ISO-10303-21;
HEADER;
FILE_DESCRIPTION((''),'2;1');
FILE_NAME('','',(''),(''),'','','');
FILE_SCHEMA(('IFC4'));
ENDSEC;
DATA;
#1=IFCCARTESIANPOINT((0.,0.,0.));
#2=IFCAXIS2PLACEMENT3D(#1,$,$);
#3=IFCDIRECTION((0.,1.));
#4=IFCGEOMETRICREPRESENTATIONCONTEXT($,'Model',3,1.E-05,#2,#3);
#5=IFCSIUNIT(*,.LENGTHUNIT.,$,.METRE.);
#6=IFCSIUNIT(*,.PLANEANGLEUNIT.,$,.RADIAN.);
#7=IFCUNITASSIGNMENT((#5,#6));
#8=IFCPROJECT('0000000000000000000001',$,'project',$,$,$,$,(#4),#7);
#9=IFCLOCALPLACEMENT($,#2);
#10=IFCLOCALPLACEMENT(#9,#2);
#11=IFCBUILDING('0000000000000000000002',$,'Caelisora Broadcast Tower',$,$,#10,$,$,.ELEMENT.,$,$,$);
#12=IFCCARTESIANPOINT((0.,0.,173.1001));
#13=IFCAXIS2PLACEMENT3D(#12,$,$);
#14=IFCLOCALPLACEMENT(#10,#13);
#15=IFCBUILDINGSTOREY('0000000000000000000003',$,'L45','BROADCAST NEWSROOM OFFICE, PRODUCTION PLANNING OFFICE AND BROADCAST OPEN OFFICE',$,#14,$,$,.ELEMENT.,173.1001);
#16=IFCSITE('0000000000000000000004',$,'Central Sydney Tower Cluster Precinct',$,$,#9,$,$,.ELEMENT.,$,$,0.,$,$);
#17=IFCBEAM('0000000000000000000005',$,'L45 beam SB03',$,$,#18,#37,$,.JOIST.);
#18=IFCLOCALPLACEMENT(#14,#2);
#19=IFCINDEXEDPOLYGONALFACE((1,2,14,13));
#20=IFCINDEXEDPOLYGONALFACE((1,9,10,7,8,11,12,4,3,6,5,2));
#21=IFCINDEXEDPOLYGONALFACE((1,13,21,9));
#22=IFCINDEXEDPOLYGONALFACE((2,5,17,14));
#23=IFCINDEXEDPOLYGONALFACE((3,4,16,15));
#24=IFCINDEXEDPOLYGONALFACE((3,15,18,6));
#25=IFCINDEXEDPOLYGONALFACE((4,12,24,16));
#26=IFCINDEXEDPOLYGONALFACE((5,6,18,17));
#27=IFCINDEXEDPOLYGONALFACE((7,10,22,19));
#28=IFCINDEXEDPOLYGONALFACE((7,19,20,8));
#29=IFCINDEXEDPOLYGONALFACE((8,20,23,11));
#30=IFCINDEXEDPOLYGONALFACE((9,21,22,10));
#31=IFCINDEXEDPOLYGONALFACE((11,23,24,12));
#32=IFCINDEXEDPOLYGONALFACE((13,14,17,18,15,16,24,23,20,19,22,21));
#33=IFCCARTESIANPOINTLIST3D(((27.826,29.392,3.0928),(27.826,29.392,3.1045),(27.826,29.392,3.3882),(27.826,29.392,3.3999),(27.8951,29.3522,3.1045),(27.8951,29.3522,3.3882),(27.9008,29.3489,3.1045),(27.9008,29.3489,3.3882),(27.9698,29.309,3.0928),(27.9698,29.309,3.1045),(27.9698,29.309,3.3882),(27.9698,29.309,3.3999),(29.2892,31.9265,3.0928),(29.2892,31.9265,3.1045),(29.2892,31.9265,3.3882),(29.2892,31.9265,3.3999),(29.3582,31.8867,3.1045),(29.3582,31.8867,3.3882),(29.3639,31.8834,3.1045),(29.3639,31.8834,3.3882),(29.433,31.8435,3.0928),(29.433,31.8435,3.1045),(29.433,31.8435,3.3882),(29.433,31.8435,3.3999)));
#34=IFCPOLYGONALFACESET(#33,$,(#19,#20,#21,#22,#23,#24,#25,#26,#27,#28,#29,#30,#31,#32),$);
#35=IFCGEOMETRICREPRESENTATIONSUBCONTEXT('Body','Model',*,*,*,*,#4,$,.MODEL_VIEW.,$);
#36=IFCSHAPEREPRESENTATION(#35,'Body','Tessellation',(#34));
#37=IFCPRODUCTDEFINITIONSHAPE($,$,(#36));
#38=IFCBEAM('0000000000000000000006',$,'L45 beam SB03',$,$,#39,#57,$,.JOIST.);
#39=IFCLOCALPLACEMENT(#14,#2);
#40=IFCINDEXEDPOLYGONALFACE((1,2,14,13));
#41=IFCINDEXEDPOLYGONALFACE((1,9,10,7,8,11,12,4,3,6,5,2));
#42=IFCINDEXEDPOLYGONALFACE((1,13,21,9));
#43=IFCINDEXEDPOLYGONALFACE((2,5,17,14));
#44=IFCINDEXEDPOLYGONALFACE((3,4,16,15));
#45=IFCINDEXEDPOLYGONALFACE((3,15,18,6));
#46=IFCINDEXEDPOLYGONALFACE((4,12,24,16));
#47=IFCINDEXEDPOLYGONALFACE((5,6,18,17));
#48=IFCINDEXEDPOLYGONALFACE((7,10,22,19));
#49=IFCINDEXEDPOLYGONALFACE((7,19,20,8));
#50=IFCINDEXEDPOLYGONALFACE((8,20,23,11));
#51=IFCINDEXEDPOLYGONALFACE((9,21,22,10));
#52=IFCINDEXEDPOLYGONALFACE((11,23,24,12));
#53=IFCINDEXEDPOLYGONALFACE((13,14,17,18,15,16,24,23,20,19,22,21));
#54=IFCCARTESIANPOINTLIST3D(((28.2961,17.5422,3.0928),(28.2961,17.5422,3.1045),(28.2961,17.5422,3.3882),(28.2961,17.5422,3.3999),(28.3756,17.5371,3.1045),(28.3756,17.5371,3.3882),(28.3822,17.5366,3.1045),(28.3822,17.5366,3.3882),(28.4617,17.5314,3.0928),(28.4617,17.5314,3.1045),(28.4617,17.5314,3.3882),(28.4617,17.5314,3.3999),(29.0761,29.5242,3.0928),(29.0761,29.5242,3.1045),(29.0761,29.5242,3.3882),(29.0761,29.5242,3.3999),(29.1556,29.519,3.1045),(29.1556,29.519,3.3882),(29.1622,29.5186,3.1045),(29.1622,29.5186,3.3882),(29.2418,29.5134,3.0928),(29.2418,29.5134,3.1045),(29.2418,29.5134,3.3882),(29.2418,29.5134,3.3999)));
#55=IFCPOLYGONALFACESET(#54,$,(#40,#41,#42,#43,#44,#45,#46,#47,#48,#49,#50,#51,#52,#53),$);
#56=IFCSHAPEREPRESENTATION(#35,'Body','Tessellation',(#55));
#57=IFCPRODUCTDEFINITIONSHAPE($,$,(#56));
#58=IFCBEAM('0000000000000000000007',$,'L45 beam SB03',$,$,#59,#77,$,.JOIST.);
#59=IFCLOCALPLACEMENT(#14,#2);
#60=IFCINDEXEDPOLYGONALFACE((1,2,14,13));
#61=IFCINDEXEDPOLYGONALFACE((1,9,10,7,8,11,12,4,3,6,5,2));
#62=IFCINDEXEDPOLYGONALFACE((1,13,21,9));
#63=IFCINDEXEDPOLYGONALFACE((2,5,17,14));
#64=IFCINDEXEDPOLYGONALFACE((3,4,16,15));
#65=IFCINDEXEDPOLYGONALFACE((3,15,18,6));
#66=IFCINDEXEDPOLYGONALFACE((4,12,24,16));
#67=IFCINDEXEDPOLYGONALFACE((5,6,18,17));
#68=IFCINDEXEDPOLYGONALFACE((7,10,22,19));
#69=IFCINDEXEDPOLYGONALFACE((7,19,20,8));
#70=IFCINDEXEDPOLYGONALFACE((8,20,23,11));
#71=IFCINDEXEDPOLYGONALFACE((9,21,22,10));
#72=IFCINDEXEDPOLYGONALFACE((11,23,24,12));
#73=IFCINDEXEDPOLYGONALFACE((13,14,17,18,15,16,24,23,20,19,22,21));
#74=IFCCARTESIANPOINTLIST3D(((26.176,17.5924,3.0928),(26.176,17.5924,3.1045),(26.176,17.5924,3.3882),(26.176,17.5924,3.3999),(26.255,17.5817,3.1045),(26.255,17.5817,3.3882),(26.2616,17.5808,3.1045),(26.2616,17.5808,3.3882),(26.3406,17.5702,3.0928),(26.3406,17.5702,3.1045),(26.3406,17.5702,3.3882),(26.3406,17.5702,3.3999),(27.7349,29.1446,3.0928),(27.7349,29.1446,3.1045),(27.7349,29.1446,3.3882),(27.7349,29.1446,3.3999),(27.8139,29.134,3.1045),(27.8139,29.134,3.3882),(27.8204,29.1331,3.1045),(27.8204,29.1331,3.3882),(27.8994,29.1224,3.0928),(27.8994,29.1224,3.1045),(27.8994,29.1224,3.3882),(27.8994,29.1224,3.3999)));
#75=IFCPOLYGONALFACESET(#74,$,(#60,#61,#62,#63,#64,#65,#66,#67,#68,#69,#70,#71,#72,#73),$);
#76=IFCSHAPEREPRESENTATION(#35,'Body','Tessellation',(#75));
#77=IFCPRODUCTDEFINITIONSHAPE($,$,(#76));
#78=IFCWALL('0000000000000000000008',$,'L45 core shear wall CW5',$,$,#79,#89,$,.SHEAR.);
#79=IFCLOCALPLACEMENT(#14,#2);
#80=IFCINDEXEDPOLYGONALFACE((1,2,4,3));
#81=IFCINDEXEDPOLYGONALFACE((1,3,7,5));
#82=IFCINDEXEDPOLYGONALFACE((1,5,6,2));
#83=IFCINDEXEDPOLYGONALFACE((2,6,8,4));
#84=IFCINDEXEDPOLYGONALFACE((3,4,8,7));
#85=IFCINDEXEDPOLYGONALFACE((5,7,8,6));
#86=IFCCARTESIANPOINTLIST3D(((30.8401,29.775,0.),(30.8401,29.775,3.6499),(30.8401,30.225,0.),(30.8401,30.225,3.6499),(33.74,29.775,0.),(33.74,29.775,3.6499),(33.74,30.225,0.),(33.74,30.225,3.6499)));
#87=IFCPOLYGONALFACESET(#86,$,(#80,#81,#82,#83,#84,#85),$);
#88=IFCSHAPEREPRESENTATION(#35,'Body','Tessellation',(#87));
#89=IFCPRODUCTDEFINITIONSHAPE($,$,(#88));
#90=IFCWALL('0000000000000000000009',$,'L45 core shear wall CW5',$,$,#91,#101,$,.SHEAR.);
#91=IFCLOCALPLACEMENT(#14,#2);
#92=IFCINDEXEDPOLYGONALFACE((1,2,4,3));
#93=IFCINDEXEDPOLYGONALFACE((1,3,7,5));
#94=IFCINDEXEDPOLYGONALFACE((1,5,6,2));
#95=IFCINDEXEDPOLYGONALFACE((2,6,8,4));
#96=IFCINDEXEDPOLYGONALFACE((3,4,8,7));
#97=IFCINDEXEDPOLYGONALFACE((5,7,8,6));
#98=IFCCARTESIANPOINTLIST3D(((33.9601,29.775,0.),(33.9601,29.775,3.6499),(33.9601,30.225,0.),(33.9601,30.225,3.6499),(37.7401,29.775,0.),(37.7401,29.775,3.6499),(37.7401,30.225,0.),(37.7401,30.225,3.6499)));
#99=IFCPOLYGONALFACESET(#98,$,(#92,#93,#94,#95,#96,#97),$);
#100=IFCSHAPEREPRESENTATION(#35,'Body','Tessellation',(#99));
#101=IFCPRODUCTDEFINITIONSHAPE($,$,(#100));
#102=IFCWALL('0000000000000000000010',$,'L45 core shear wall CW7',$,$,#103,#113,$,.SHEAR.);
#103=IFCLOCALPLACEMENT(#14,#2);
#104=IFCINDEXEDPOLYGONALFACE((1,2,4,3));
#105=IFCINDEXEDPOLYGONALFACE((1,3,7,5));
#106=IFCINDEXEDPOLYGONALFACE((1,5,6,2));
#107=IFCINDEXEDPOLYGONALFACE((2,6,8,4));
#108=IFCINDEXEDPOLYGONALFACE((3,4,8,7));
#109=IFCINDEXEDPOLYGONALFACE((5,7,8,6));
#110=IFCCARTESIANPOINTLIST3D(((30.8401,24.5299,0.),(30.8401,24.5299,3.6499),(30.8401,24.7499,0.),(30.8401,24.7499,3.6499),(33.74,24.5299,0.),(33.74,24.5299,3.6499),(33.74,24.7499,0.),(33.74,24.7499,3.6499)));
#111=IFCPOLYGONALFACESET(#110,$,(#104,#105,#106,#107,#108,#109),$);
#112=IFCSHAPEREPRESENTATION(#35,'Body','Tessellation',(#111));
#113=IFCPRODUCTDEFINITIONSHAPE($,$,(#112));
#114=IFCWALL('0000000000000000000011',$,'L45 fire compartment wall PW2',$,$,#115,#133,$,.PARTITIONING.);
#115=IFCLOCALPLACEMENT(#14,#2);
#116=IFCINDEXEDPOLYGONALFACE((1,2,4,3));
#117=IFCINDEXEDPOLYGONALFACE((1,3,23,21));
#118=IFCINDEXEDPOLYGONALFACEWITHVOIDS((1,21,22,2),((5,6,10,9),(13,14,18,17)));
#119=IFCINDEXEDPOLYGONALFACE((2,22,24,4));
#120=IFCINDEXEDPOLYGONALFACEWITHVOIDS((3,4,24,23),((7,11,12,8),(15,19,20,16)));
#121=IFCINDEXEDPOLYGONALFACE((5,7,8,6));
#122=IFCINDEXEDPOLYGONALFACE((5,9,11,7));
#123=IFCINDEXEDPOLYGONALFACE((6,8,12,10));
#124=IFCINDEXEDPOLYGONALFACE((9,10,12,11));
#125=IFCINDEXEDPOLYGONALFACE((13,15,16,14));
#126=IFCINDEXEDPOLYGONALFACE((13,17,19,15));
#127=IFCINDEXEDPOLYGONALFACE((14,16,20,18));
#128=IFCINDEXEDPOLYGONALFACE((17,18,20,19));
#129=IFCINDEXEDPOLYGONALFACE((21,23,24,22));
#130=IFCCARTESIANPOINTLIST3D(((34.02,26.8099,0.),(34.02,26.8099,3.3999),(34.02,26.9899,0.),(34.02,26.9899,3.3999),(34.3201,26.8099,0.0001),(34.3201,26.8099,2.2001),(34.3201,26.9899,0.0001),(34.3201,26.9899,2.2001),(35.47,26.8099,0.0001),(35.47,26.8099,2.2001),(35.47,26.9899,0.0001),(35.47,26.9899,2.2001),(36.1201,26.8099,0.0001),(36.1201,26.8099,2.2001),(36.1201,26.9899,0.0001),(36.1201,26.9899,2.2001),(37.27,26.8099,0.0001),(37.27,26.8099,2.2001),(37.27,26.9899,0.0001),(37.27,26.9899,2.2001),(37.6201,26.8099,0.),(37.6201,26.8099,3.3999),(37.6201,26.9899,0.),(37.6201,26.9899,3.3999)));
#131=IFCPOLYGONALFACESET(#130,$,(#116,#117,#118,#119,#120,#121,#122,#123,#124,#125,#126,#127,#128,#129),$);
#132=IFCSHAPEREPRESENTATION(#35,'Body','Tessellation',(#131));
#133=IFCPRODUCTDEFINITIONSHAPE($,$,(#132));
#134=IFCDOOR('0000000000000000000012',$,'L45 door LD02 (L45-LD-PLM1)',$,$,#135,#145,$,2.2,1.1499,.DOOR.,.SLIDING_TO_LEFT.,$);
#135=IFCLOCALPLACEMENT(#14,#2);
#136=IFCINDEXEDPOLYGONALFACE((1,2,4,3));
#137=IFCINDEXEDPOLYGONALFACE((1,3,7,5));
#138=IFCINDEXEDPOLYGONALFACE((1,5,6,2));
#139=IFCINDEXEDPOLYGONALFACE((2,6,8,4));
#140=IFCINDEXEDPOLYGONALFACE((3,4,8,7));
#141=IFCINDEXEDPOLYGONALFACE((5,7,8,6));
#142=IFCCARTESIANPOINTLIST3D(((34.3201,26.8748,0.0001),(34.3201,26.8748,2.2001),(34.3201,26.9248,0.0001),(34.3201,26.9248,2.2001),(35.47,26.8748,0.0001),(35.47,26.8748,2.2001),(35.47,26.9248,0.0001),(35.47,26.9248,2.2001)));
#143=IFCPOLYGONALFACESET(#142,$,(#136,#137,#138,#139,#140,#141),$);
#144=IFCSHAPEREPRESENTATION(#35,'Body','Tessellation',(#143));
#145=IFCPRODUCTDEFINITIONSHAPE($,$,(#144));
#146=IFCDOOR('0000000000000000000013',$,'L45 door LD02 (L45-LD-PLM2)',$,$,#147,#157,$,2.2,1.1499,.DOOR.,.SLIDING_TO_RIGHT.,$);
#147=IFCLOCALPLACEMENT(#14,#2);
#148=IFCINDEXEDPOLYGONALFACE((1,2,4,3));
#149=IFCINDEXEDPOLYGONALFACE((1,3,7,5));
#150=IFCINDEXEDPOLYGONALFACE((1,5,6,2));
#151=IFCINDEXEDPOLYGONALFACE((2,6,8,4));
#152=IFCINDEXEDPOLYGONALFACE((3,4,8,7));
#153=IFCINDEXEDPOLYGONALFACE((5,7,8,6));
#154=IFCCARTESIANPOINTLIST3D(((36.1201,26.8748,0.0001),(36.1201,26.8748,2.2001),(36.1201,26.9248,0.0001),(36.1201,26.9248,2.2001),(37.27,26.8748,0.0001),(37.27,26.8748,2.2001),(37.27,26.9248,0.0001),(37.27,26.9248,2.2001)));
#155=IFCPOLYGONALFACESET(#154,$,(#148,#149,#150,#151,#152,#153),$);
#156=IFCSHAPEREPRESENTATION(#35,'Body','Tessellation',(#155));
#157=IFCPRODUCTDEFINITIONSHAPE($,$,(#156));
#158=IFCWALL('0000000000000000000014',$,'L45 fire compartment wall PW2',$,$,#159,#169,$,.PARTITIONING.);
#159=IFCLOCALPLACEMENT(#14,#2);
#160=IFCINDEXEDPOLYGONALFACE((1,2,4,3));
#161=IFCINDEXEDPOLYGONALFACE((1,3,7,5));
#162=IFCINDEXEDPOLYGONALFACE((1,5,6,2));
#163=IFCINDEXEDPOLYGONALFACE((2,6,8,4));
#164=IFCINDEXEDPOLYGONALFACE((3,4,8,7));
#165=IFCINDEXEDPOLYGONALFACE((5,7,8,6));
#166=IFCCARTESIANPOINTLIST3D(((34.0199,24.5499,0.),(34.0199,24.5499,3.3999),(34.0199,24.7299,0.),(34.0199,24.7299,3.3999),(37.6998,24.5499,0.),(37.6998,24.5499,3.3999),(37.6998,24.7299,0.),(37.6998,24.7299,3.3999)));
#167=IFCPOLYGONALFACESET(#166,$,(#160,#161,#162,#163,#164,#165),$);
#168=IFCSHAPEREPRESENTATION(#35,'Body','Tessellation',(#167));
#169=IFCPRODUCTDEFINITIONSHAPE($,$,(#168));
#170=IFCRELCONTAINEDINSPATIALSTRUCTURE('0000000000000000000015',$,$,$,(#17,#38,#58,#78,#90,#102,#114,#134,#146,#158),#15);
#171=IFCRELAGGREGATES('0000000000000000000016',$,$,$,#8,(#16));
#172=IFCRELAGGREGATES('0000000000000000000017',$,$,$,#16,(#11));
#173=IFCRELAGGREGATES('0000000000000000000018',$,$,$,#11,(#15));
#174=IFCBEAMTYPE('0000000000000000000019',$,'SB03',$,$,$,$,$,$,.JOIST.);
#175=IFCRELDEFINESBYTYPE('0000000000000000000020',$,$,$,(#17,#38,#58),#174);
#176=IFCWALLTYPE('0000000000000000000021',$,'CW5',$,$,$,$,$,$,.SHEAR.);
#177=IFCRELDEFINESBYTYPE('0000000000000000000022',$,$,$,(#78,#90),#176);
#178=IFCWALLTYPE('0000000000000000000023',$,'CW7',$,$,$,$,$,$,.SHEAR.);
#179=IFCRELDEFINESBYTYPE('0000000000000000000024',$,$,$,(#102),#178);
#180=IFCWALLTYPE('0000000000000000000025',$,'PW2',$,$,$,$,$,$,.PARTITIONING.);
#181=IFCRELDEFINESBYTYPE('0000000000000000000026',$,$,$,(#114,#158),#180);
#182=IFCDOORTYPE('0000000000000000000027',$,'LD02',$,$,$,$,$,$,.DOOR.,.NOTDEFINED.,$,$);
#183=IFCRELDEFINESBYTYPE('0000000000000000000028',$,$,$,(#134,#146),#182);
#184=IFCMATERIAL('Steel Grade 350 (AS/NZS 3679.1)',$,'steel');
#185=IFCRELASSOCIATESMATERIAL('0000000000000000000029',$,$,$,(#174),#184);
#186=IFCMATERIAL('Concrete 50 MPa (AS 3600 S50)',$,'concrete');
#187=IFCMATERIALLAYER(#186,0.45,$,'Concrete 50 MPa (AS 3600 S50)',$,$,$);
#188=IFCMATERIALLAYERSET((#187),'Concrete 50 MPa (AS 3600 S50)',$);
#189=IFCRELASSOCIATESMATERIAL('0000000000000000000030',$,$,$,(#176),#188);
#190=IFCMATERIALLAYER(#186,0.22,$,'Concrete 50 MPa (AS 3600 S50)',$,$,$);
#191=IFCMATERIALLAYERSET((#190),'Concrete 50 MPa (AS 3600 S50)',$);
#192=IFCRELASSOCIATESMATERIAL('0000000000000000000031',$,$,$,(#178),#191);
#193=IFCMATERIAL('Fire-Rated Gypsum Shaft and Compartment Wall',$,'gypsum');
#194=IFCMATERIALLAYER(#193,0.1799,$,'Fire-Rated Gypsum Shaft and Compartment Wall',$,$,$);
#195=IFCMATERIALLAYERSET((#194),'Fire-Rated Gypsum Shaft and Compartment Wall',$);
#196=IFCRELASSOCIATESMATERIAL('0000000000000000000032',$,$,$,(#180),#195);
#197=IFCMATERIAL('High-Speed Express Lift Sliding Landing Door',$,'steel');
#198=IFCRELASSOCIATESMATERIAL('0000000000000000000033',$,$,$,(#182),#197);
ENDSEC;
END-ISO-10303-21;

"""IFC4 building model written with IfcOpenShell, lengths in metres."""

from ifc_helpers import new_model, si_unit, direction, frame, frame_2d, origin, origin_2d, place, context, subcontext, project, spatial, rectangle, i_section, extrude, source, transform, mapped, material, layer, layer_set, material_profile, profile_set, type_object, type_shapes, element, fill, save


model = new_model("IFC4")

# Units and contexts
model_context = context("Model", 3, precision=1e-05, world=origin(), true_north=direction((0.0, 1.0)))
body_context = subcontext(model_context, "Body", "Model", "MODEL_VIEW")
ifc_project = project(units=[si_unit("LENGTHUNIT", "METRE"), si_unit("PLANEANGLEUNIT", "RADIAN")], contexts=[model_context])

# Site, building, storey
site_placement = place(None, origin())
site = spatial("IfcSite", under=ifc_project, at=site_placement, Name="Central Sydney Tower Cluster Precinct", CompositionType="ELEMENT", RefElevation=0.0)
building_placement = place(site_placement, origin())
building = spatial("IfcBuilding", under=site, at=building_placement, Name="Caelisora Broadcast Tower", CompositionType="ELEMENT")
storey_placement = place(building_placement, frame((0.0, 0.0, 173.1001)))
storey = spatial("IfcBuildingStorey", under=building, at=storey_placement, Name="L45", Description="BROADCAST NEWSROOM OFFICE, PRODUCTION PLANNING OFFICE AND BROADCAST OPEN OFFICE", CompositionType="ELEMENT", Elevation=173.1001)

# Beams
ifc_material_1 = material(Name="Steel Grade 350 (AS/NZS 3679.1)", Category="steel")
ifc_material_profile_1 = material_profile(ifc_material_1, i_section(OverallWidth=0.166, OverallDepth=0.3071, WebThickness=0.0066, FlangeThickness=0.0117, at=origin_2d()), Name="Steel Grade 350 (AS/NZS 3679.1)")
ifc_profile_set_1 = profile_set([ifc_material_profile_1], Name="Steel Grade 350 (AS/NZS 3679.1)")
beam_type_1 = type_object("IfcBeamType", Name="SB03", PredefinedType="JOIST", material=ifc_profile_set_1)
shared_shape_1 = source(origin(), body_context, "Body", "SweptSolid", [
    extrude(i_section(OverallWidth=0.166, OverallDepth=0.3071, WebThickness=0.0066, FlangeThickness=0.0117, at=origin_2d()), origin(), (0.0, 0.0, 1.0), 2.9265),
])
beam_1_placement = place(storey_placement, frame((29.3611, 31.885, 3.2463), z_axis=(-0.49997, -0.866042, 0.0), x_axis=(0.866042, -0.49997, 0.0)))
element("IfcBeam", 1, at=beam_1_placement, inside=storey, type_object=beam_type_1, Name="L45 beam SB03", PredefinedType="JOIST", context=body_context, shape_type="MappedRepresentation", body=[
    mapped(shared_shape_1, transform((0.0, 0.0, 0.0), scale=1.0)),
])
shared_shape_2 = source(origin(), body_context, "Body", "SweptSolid", [
    extrude(i_section(OverallWidth=0.166, OverallDepth=0.3071, WebThickness=0.0066, FlangeThickness=0.0117, at=origin_2d()), origin(), (0.0, 0.0, 1.0), 12.0073),
])
beam_2_placement = place(storey_placement, frame((29.1589, 29.5188, 3.2463), z_axis=(-0.064963, -0.997888, 0.0), x_axis=(0.997888, -0.064963, 0.0)))
element("IfcBeam", 2, at=beam_2_placement, inside=storey, type_object=beam_type_1, Name="L45 beam SB03", PredefinedType="JOIST", context=body_context, shape_type="MappedRepresentation", body=[
    mapped(shared_shape_2, transform((0.0, 0.0, 0.0), scale=1.0)),
])
shared_shape_3 = source(origin(), body_context, "Body", "SweptSolid", [
    extrude(i_section(OverallWidth=0.166, OverallDepth=0.3071, WebThickness=0.0066, FlangeThickness=0.0117, at=origin_2d()), origin(), (0.0, 0.0, 1.0), 11.657),
])
type_shapes(beam_type_1, [shared_shape_1, shared_shape_2, shared_shape_3])
beam_3_placement = place(storey_placement, frame((27.8171, 29.1335, 3.2463), z_axis=(-0.133726, -0.991018, 0.0), x_axis=(0.991018, -0.133726, 0.0)))
element("IfcBeam", 3, at=beam_3_placement, inside=storey, type_object=beam_type_1, Name="L45 beam SB03", PredefinedType="JOIST", context=body_context, shape_type="MappedRepresentation", body=[
    mapped(shared_shape_3, transform((0.0, 0.0, 0.0), scale=1.0)),
])

# Walls
ifc_material_2 = material(Name="Concrete 50 MPa (AS 3600 S50)", Category="concrete")
ifc_layer_1 = layer(ifc_material_2, 0.45, Name="Concrete 50 MPa (AS 3600 S50)")
ifc_layer_set_1 = layer_set([ifc_layer_1], Name="Concrete 50 MPa (AS 3600 S50)")
wall_type_1 = type_object("IfcWallType", Name="CW5", PredefinedType="SHEAR", material=ifc_layer_set_1)
wall_1_placement = place(storey_placement, frame((30.8401, 30.0, 0.0), z_axis=(0.0, 0.0, 1.0), x_axis=(1.0, 0.0, 0.0)))
element("IfcWall", 4, at=wall_1_placement, inside=storey, type_object=wall_type_1, Name="L45 core shear wall CW5", PredefinedType="SHEAR", context=body_context, shape_type="SweptSolid", body=[
    extrude(rectangle(XDim=2.8999, YDim=0.45, at=frame_2d((1.45, 0.0))), origin(), (0.0, 0.0, 1.0), 3.6499),
])
wall_2_placement = place(storey_placement, frame((33.96, 30.0, 0.0), z_axis=(0.0, 0.0, 1.0), x_axis=(1.0, 0.0, 0.0)))
element("IfcWall", 5, at=wall_2_placement, inside=storey, type_object=wall_type_1, Name="L45 core shear wall CW5", PredefinedType="SHEAR", context=body_context, shape_type="SweptSolid", body=[
    extrude(rectangle(XDim=3.78, YDim=0.45, at=frame_2d((1.8901, 0.0))), origin(), (0.0, 0.0, 1.0), 3.6499),
])
ifc_layer_2 = layer(ifc_material_2, 0.22, Name="Concrete 50 MPa (AS 3600 S50)")
ifc_layer_set_2 = layer_set([ifc_layer_2], Name="Concrete 50 MPa (AS 3600 S50)")
wall_type_2 = type_object("IfcWallType", Name="CW7", PredefinedType="SHEAR", material=ifc_layer_set_2)
wall_3_placement = place(storey_placement, frame((30.8401, 24.6399, 0.0), z_axis=(0.0, 0.0, 1.0), x_axis=(1.0, 0.0, 0.0)))
element("IfcWall", 6, at=wall_3_placement, inside=storey, type_object=wall_type_2, Name="L45 core shear wall CW7", PredefinedType="SHEAR", context=body_context, shape_type="SweptSolid", body=[
    extrude(rectangle(XDim=2.8999, YDim=0.22, at=frame_2d((1.45, 0.0))), origin(), (0.0, 0.0, 1.0), 3.6499),
])

# Wall, openings, doors
ifc_material_3 = material(Name="Fire-Rated Gypsum Shaft and Compartment Wall", Category="gypsum")
ifc_layer_3 = layer(ifc_material_3, 0.1799, Name="Fire-Rated Gypsum Shaft and Compartment Wall")
ifc_layer_set_3 = layer_set([ifc_layer_3], Name="Fire-Rated Gypsum Shaft and Compartment Wall")
wall_type_3 = type_object("IfcWallType", Name="PW2", PredefinedType="PARTITIONING", material=ifc_layer_set_3)
wall_4_placement = place(storey_placement, frame((34.02, 26.8999, 0.0), z_axis=(0.0, 0.0, 1.0), x_axis=(1.0, 0.0, 0.0)))
wall_4 = element("IfcWall", 7, at=wall_4_placement, inside=storey, type_object=wall_type_3, Name="L45 fire compartment wall PW2", PredefinedType="PARTITIONING", context=body_context, shape_type="SweptSolid", body=[
    extrude(rectangle(XDim=3.6001, YDim=0.1799, at=frame_2d((1.8, 0.0))), origin(), (0.0, 0.0, 1.0), 3.3999),
])
opening_1_placement = place(wall_4_placement, frame((0.3, 0.0, 0.0)))
opening_1 = element("IfcOpeningElement", 8, at=opening_1_placement, cuts=wall_4, PredefinedType="OPENING", context=body_context, shape_type="SweptSolid", body=[
    extrude(rectangle(XDim=1.1499, YDim=2.2, at=frame_2d((0.575, 1.1001))), frame((0.0, 0.1021, 0.0), z_axis=(0.0, -1.0, 0.0), x_axis=(1.0, 0.0, 0.0)), (0.0, 0.0, 1.0), 0.2039),
])
opening_2_placement = place(wall_4_placement, frame((2.1001, 0.0, 0.0)))
opening_2 = element("IfcOpeningElement", 9, at=opening_2_placement, cuts=wall_4, PredefinedType="OPENING", context=body_context, shape_type="SweptSolid", body=[
    extrude(rectangle(XDim=1.1499, YDim=2.2, at=frame_2d((0.575, 1.1001))), frame((0.0, 0.1021, 0.0), z_axis=(0.0, -1.0, 0.0), x_axis=(1.0, 0.0, 0.0)), (0.0, 0.0, 1.0), 0.2039),
])
ifc_material_4 = material(Name="High-Speed Express Lift Sliding Landing Door", Category="steel")
door_type = type_object("IfcDoorType", Name="LD02", OperationType="NOTDEFINED", PredefinedType="DOOR", material=ifc_material_4)
door_1_placement = place(opening_1_placement, origin())
door_1 = element("IfcDoor", 10, at=door_1_placement, inside=storey, type_object=door_type, Name="L45 door LD02 (L45-LD-PLM1)", OperationType="SLIDING_TO_LEFT", OverallHeight=2.2, OverallWidth=1.1499, PredefinedType="DOOR", context=body_context, shape_type="SweptSolid", body=[
    extrude(rectangle(XDim=1.1499, YDim=2.2, at=frame_2d((0.575, 1.1001))), frame((0.0, 0.0249, 0.0), z_axis=(0.0, -1.0, 0.0), x_axis=(1.0, 0.0, 0.0)), (0.0, 0.0, 1.0), 0.05),
])
fill(opening_1, door_1)
door_2_placement = place(opening_2_placement, origin())
door_2 = element("IfcDoor", 11, at=door_2_placement, inside=storey, type_object=door_type, Name="L45 door LD02 (L45-LD-PLM2)", OperationType="SLIDING_TO_RIGHT", OverallHeight=2.2, OverallWidth=1.1499, PredefinedType="DOOR", context=body_context, shape_type="SweptSolid", body=[
    extrude(rectangle(XDim=1.1499, YDim=2.2, at=frame_2d((0.575, 1.1001))), frame((0.0, 0.0249, 0.0), z_axis=(0.0, -1.0, 0.0), x_axis=(1.0, 0.0, 0.0)), (0.0, 0.0, 1.0), 0.05),
])
fill(opening_2, door_2)

# Wall
wall_5_placement = place(storey_placement, frame((34.02, 24.6399, 0.0), z_axis=(0.0, 0.0, 1.0), x_axis=(1.0, 0.0, 0.0)))
element("IfcWall", 12, at=wall_5_placement, inside=storey, type_object=wall_type_3, Name="L45 fire compartment wall PW2", PredefinedType="PARTITIONING", context=body_context, shape_type="SweptSolid", body=[
    extrude(rectangle(XDim=3.6799, YDim=0.1799, at=frame_2d((1.8398, 0.0))), origin(), (0.0, 0.0, 1.0), 3.3999),
])

save(model, "model.ifc")
